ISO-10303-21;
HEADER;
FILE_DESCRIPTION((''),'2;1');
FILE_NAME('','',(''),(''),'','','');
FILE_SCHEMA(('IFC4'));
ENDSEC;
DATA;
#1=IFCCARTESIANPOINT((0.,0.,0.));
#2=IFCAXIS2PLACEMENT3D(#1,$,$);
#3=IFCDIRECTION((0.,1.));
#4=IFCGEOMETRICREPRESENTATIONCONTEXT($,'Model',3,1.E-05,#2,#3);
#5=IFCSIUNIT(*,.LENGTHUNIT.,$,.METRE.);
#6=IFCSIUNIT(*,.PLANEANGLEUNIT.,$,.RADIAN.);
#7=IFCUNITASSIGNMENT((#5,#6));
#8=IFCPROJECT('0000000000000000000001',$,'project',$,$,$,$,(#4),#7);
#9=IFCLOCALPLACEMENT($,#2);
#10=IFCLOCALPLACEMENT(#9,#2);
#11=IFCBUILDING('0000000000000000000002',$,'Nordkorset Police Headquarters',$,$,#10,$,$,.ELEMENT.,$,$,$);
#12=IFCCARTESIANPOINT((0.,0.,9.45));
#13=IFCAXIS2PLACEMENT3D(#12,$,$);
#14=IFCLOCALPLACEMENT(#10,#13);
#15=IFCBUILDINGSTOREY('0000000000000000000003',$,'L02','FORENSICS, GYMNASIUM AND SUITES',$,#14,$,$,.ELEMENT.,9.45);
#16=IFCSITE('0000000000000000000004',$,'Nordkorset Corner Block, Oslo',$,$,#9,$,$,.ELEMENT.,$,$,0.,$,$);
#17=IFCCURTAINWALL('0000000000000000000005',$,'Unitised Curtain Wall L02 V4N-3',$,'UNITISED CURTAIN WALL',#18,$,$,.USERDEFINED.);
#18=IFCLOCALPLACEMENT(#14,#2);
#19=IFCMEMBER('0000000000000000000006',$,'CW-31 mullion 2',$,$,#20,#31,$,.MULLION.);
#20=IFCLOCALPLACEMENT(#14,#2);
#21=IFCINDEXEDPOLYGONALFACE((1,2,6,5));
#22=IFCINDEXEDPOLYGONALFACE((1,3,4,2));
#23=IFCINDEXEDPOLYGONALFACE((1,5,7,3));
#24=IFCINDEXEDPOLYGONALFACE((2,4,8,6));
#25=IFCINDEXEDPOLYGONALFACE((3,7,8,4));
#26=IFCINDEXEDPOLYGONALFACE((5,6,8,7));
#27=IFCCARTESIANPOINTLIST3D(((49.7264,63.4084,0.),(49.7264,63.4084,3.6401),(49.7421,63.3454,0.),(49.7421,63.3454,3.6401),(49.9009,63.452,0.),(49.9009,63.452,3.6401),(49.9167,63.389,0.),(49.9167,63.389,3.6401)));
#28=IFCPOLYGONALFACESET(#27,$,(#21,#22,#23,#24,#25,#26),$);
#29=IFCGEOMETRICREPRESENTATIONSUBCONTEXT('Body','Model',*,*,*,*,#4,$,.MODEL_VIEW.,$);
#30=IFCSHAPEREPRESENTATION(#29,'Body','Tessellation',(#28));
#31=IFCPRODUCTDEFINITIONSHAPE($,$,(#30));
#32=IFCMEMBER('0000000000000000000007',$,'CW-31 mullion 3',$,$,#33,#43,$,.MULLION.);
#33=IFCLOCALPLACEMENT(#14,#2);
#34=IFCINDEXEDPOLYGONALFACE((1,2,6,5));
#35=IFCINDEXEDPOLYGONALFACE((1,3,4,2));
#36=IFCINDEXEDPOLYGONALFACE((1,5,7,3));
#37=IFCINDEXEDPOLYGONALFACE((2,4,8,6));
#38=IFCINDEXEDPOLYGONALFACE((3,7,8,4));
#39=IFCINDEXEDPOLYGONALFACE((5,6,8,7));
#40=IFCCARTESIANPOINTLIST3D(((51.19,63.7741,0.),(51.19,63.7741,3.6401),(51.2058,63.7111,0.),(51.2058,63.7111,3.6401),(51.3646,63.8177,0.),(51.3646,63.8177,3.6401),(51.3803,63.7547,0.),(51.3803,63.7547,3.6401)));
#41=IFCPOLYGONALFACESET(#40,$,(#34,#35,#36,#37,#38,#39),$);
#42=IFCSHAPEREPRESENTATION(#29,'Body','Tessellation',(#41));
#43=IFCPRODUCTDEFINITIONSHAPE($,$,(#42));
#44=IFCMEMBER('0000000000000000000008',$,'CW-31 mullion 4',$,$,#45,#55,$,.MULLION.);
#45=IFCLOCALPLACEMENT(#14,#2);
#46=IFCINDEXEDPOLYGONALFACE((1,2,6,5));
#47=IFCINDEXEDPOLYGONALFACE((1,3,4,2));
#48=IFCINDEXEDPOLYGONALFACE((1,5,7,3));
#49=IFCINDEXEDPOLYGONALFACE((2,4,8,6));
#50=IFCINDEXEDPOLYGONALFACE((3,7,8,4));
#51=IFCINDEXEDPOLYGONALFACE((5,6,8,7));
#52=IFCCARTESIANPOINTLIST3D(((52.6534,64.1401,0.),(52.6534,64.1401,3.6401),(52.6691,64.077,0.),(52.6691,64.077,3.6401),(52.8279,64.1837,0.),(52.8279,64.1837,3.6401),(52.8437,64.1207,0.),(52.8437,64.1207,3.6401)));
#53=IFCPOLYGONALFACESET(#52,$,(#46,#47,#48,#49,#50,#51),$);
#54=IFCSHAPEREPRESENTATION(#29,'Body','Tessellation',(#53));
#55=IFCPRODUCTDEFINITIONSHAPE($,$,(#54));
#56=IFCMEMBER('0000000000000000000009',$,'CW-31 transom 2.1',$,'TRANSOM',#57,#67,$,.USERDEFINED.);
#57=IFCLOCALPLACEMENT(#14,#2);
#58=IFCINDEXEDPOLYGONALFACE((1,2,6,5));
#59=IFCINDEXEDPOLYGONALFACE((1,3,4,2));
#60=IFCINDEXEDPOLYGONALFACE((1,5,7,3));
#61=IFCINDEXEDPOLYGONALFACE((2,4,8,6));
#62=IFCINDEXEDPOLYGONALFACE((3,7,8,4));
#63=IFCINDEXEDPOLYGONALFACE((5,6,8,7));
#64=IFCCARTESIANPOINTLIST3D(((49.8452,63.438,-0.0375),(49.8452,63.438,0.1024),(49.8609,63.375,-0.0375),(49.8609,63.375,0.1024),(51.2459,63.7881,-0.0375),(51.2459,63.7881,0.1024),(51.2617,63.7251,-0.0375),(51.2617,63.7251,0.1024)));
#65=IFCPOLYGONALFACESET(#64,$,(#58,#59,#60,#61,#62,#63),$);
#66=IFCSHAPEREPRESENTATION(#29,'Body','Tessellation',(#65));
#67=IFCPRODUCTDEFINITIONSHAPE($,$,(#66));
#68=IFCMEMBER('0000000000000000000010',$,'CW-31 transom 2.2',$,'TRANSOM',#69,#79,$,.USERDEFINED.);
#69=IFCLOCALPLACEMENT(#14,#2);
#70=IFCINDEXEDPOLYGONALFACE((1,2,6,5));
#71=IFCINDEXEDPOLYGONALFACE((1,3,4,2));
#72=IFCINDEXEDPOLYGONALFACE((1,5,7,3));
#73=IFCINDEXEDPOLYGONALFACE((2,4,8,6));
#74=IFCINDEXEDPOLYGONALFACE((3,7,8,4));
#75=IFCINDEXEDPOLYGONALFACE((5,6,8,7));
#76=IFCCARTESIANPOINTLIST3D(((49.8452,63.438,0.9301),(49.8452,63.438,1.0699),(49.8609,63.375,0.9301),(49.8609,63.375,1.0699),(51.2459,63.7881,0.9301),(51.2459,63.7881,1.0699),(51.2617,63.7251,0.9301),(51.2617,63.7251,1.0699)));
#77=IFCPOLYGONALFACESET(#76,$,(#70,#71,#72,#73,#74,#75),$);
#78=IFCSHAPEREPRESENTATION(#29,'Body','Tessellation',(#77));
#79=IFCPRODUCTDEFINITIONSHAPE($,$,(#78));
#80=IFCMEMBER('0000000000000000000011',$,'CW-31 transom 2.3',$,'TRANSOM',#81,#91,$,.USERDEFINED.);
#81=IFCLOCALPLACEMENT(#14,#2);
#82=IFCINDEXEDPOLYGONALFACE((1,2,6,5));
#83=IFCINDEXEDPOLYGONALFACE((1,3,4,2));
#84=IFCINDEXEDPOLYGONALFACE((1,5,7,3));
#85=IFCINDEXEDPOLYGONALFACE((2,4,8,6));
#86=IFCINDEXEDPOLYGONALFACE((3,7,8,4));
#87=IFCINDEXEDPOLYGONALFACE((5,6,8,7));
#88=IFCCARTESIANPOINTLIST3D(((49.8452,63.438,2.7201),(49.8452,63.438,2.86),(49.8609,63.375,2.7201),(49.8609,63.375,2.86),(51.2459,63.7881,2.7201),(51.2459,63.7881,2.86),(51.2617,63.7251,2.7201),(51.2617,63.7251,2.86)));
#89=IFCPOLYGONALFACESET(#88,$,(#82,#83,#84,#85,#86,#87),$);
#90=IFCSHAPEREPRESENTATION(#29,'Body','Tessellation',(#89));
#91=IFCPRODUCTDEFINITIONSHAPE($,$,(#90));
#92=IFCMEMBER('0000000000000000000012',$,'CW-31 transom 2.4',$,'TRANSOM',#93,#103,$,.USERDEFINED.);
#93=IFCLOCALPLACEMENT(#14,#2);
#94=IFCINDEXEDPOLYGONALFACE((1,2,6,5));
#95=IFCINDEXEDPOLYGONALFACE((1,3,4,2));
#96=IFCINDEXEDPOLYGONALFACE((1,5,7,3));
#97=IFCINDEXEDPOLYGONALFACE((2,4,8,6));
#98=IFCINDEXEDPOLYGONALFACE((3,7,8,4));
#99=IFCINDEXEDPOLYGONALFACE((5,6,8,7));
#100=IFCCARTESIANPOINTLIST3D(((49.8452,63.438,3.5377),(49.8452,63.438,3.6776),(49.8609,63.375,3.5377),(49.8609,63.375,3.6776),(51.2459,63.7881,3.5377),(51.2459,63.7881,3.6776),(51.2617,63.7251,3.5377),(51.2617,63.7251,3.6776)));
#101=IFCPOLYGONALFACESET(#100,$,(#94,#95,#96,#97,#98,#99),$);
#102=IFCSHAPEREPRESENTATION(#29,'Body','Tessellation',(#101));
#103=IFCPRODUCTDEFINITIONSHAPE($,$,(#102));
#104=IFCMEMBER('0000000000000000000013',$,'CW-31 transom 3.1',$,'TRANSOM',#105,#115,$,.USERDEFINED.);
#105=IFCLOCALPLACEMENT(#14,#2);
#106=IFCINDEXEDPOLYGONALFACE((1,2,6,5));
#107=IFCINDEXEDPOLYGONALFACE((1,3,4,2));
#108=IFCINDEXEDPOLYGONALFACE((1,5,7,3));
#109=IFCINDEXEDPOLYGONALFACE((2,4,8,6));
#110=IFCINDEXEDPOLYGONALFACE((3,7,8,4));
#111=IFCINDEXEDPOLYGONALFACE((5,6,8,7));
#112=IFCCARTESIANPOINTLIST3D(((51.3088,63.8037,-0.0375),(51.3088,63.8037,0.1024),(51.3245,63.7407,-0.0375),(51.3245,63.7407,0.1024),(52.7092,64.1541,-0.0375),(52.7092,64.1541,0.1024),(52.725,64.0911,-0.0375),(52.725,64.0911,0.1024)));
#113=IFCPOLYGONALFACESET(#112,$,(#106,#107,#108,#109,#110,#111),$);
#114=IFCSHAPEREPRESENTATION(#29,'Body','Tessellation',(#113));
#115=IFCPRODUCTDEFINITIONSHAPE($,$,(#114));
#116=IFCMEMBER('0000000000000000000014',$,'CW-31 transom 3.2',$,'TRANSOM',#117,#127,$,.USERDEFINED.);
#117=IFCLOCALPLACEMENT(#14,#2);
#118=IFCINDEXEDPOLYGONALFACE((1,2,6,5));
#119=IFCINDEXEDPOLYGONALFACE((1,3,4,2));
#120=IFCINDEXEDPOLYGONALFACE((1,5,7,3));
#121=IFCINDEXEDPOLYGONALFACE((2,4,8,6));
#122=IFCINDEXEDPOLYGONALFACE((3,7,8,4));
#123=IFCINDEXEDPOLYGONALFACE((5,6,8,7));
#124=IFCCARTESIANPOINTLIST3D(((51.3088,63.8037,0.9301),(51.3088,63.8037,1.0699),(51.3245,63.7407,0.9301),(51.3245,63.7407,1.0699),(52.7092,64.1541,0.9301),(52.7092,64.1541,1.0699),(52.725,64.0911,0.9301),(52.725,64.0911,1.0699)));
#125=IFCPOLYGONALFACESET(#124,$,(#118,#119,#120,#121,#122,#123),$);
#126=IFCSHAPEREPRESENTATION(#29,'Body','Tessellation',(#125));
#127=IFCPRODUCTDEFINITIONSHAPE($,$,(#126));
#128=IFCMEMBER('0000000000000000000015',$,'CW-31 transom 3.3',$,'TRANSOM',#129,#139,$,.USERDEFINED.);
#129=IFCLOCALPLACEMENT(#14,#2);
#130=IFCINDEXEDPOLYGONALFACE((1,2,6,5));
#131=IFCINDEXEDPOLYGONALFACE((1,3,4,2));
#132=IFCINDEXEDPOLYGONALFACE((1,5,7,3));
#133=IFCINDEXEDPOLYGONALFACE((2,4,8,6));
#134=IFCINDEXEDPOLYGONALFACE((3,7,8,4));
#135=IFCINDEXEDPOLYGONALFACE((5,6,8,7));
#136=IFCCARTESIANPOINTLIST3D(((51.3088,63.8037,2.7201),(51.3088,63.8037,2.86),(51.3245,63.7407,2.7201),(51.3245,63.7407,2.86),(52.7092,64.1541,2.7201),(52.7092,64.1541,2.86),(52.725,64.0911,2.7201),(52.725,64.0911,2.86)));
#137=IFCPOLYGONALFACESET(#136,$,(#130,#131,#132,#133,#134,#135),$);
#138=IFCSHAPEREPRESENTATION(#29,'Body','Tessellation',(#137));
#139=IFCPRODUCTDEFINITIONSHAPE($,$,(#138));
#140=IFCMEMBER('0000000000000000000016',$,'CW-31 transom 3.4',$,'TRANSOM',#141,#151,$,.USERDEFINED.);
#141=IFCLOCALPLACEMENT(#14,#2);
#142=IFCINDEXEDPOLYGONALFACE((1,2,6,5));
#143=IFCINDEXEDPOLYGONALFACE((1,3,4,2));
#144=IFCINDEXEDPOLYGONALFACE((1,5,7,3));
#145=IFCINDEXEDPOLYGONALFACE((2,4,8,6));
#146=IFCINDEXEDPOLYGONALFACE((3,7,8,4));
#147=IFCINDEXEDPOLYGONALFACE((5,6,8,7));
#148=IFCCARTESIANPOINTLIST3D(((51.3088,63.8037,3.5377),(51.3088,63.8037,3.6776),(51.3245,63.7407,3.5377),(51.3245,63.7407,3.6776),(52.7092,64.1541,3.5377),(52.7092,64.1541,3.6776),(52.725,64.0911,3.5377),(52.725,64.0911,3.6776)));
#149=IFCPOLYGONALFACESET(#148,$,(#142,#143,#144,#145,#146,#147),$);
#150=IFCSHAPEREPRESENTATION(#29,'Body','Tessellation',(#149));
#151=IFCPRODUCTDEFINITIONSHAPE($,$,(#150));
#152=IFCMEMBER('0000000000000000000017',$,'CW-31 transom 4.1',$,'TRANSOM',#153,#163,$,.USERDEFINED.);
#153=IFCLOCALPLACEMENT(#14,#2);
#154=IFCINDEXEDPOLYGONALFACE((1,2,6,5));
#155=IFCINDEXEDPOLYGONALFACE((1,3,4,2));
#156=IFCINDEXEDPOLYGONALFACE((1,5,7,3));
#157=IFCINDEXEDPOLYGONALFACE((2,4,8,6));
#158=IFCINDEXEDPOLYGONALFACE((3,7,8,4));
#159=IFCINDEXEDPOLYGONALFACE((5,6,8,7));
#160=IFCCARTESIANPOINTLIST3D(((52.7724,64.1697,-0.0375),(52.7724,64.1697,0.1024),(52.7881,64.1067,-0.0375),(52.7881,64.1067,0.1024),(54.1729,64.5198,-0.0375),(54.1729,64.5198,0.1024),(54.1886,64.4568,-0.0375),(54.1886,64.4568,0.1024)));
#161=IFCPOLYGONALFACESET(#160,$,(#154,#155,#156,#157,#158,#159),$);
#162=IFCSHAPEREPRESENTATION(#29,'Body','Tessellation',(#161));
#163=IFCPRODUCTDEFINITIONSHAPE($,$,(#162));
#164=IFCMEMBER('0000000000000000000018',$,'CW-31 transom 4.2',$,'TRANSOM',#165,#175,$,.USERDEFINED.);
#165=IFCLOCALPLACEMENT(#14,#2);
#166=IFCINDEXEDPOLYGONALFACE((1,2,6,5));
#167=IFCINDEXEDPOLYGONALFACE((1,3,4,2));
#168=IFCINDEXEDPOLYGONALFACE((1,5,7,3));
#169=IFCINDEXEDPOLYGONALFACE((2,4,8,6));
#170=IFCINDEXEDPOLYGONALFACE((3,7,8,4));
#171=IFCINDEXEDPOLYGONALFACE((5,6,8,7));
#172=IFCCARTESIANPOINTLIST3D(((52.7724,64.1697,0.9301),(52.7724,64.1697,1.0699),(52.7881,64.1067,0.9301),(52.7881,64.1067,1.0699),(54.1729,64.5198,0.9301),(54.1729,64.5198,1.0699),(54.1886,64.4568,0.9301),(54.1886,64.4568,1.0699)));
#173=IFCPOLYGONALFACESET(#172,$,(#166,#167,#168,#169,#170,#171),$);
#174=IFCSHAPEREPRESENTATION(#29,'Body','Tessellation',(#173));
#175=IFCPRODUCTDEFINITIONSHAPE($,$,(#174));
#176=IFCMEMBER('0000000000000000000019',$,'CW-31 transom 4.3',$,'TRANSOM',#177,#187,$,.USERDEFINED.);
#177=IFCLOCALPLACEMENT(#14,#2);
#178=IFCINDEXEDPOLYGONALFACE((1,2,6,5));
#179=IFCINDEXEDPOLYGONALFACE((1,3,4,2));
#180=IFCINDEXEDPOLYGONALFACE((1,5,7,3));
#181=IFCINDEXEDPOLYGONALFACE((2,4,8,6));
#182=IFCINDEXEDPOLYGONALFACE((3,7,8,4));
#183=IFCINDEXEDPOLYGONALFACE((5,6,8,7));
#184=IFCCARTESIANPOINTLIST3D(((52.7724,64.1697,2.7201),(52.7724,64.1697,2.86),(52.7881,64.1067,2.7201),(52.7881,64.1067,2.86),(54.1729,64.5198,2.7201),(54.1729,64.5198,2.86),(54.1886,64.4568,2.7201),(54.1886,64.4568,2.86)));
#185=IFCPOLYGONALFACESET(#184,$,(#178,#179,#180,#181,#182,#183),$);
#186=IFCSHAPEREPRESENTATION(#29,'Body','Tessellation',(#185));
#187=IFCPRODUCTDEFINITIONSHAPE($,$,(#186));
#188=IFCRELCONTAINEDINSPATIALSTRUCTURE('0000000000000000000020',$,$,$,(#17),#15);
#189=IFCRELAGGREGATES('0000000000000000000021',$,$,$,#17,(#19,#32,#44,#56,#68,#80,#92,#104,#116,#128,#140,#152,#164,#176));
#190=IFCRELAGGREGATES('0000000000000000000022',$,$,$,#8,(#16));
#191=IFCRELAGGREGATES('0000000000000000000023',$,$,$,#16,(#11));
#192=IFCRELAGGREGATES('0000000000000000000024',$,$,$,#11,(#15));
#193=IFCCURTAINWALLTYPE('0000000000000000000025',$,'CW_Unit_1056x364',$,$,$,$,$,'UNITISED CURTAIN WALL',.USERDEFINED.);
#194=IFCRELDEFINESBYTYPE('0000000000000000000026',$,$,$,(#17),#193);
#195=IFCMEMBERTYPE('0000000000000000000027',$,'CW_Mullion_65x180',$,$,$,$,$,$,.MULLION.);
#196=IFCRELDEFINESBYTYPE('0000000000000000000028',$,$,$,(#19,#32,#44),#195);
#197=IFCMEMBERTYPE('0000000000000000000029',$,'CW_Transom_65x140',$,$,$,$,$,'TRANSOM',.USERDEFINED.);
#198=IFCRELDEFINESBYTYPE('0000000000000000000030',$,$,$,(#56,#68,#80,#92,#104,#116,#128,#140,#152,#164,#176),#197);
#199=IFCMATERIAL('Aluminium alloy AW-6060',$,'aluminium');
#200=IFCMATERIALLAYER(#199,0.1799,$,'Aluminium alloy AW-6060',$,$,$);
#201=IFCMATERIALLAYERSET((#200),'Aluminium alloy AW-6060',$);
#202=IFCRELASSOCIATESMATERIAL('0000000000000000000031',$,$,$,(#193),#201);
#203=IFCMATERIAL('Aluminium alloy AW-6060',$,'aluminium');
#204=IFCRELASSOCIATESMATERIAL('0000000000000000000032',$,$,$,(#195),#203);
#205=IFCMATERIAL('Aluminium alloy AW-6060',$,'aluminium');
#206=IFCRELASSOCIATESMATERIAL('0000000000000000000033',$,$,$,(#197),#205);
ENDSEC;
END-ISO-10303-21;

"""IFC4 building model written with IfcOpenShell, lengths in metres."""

from ifc_helpers import new_model, si_unit, direction, frame, origin, origin_2d, place, context, subcontext, project, spatial, rectangle, extrude, material, layer, layer_set, material_profile, profile_set, type_object, element, aggregate, save


model = new_model("IFC4")

# Units and contexts
model_context = context("Model", 3, precision=1e-05, world=origin(), true_north=direction((0.0, 1.0)))
body_context = subcontext(model_context, "Body", "Model", "MODEL_VIEW")
ifc_project = project(units=[si_unit("LENGTHUNIT", "METRE"), si_unit("PLANEANGLEUNIT", "RADIAN")], contexts=[model_context])

# Site, building, storey
site_placement = place(None, origin())
site = spatial("IfcSite", under=ifc_project, at=site_placement, Name="Nordkorset Corner Block, Oslo", CompositionType="ELEMENT", RefElevation=0.0)
building_placement = place(site_placement, origin())
building = spatial("IfcBuilding", under=site, at=building_placement, Name="Nordkorset Police Headquarters", CompositionType="ELEMENT")
storey_placement = place(building_placement, frame((0.0, 0.0, 9.45)))
storey = spatial("IfcBuildingStorey", under=building, at=storey_placement, Name="L02", Description="FORENSICS, GYMNASIUM AND SUITES", CompositionType="ELEMENT", Elevation=9.45)

# Curtain wall, members
ifc_material_1 = material(Name="Aluminium alloy AW-6060", Category="aluminium")
ifc_layer_1 = layer(ifc_material_1, 0.1799, Name="Aluminium alloy AW-6060")
ifc_layer_set_1 = layer_set([ifc_layer_1], Name="Aluminium alloy AW-6060")
curtain_wall_type = type_object("IfcCurtainWallType", Name="CW_Unit_1056x364", ElementType="UNITISED CURTAIN WALL", PredefinedType="USERDEFINED", material=ifc_layer_set_1)
curtain_wall_placement = place(storey_placement, origin())
curtain_wall = element("IfcCurtainWall", 1, at=curtain_wall_placement, inside=storey, type_object=curtain_wall_type, Name="Unitised Curtain Wall L02 V4N-3", ObjectType="UNITISED CURTAIN WALL", PredefinedType="USERDEFINED")
ifc_material_2 = material(Name="Aluminium alloy AW-6060", Category="aluminium")
ifc_material_profile_1 = material_profile(ifc_material_2, rectangle(XDim=0.0649, YDim=0.1799, at=origin_2d()), Name="ALU MULL 65x180")
ifc_profile_set_1 = profile_set([ifc_material_profile_1], Name="Aluminium alloy AW-6060")
member_type_1 = type_object("IfcMemberType", Name="CW_Mullion_65x180", PredefinedType="MULLION", material=ifc_profile_set_1)
member_1_placement = place(storey_placement, frame((49.8215, 63.3987, 0.0), z_axis=(0.0, 0.0, 1.0), x_axis=(-0.242536, 0.970142, 0.0)))
member_1 = element("IfcMember", 2, at=member_1_placement, type_object=member_type_1, Name="CW-31 mullion 2", PredefinedType="MULLION", context=body_context, shape_type="SweptSolid", body=[
    extrude(rectangle(XDim=0.0649, YDim=0.1799, at=origin_2d()), origin(), (0.0, 0.0, 1.0), 3.6401),
])
member_2_placement = place(storey_placement, frame((51.2852, 63.7644, 0.0), z_axis=(0.0, 0.0, 1.0), x_axis=(-0.242536, 0.970142, 0.0)))
member_2 = element("IfcMember", 3, at=member_2_placement, type_object=member_type_1, Name="CW-31 mullion 3", PredefinedType="MULLION", context=body_context, shape_type="SweptSolid", body=[
    extrude(rectangle(XDim=0.0649, YDim=0.1799, at=origin_2d()), origin(), (0.0, 0.0, 1.0), 3.6401),
])
member_3_placement = place(storey_placement, frame((52.7485, 64.1304, 0.0), z_axis=(0.0, 0.0, 1.0), x_axis=(-0.242536, 0.970142, 0.0)))
member_3 = element("IfcMember", 4, at=member_3_placement, type_object=member_type_1, Name="CW-31 mullion 4", PredefinedType="MULLION", context=body_context, shape_type="SweptSolid", body=[
    extrude(rectangle(XDim=0.0649, YDim=0.1799, at=origin_2d()), origin(), (0.0, 0.0, 1.0), 3.6401),
])
ifc_material_3 = material(Name="Aluminium alloy AW-6060", Category="aluminium")
ifc_material_profile_2 = material_profile(ifc_material_3, rectangle(XDim=0.0649, YDim=0.1399, at=origin_2d()), Name="ALU TRAN 65x140")
ifc_profile_set_2 = profile_set([ifc_material_profile_2], Name="Aluminium alloy AW-6060")
member_type_2 = type_object("IfcMemberType", Name="CW_Transom_65x140", ElementType="TRANSOM", PredefinedType="USERDEFINED", material=ifc_profile_set_2)
member_4_placement = place(storey_placement, frame((49.853, 63.4065, 0.0325), z_axis=(0.970152, 0.242496, 0.0), x_axis=(-0.242496, 0.970152, 0.0)))
member_4 = element("IfcMember", 5, at=member_4_placement, type_object=member_type_2, Name="CW-31 transom 2.1", ObjectType="TRANSOM", PredefinedType="USERDEFINED", context=body_context, shape_type="SweptSolid", body=[
    extrude(rectangle(XDim=0.0649, YDim=0.1399, at=origin_2d()), origin(), (0.0, 0.0, 1.0), 1.4438),
])
member_5_placement = place(storey_placement, frame((49.853, 63.4065, 1.0), z_axis=(0.970152, 0.242496, 0.0), x_axis=(-0.242496, 0.970152, 0.0)))
member_5 = element("IfcMember", 6, at=member_5_placement, type_object=member_type_2, Name="CW-31 transom 2.2", ObjectType="TRANSOM", PredefinedType="USERDEFINED", context=body_context, shape_type="SweptSolid", body=[
    extrude(rectangle(XDim=0.0649, YDim=0.1399, at=origin_2d()), origin(), (0.0, 0.0, 1.0), 1.4438),
])
member_6_placement = place(storey_placement, frame((49.853, 63.4065, 2.79), z_axis=(0.970152, 0.242496, 0.0), x_axis=(-0.242496, 0.970152, 0.0)))
member_6 = element("IfcMember", 7, at=member_6_placement, type_object=member_type_2, Name="CW-31 transom 2.3", ObjectType="TRANSOM", PredefinedType="USERDEFINED", context=body_context, shape_type="SweptSolid", body=[
    extrude(rectangle(XDim=0.0649, YDim=0.1399, at=origin_2d()), origin(), (0.0, 0.0, 1.0), 1.4438),
])
member_7_placement = place(storey_placement, frame((49.853, 63.4065, 3.6077), z_axis=(0.970152, 0.242496, 0.0), x_axis=(-0.242496, 0.970152, 0.0)))
member_7 = element("IfcMember", 8, at=member_7_placement, type_object=member_type_2, Name="CW-31 transom 2.4", ObjectType="TRANSOM", PredefinedType="USERDEFINED", context=body_context, shape_type="SweptSolid", body=[
    extrude(rectangle(XDim=0.0649, YDim=0.1399, at=origin_2d()), origin(), (0.0, 0.0, 1.0), 1.4438),
])
member_8_placement = place(storey_placement, frame((51.3167, 63.7722, 0.0325), z_axis=(0.970103, 0.242695, 0.0), x_axis=(-0.242695, 0.970103, 0.0)))
member_8 = element("IfcMember", 9, at=member_8_placement, type_object=member_type_2, Name="CW-31 transom 3.1", ObjectType="TRANSOM", PredefinedType="USERDEFINED", context=body_context, shape_type="SweptSolid", body=[
    extrude(rectangle(XDim=0.0649, YDim=0.1399, at=origin_2d()), origin(), (0.0, 0.0, 1.0), 1.4436),
])
member_9_placement = place(storey_placement, frame((51.3167, 63.7722, 1.0), z_axis=(0.970103, 0.242695, 0.0), x_axis=(-0.242695, 0.970103, 0.0)))
member_9 = element("IfcMember", 10, at=member_9_placement, type_object=member_type_2, Name="CW-31 transom 3.2", ObjectType="TRANSOM", PredefinedType="USERDEFINED", context=body_context, shape_type="SweptSolid", body=[
    extrude(rectangle(XDim=0.0649, YDim=0.1399, at=origin_2d()), origin(), (0.0, 0.0, 1.0), 1.4436),
])
member_10_placement = place(storey_placement, frame((51.3167, 63.7722, 2.79), z_axis=(0.970103, 0.242695, 0.0), x_axis=(-0.242695, 0.970103, 0.0)))
member_10 = element("IfcMember", 11, at=member_10_placement, type_object=member_type_2, Name="CW-31 transom 3.3", ObjectType="TRANSOM", PredefinedType="USERDEFINED", context=body_context, shape_type="SweptSolid", body=[
    extrude(rectangle(XDim=0.0649, YDim=0.1399, at=origin_2d()), origin(), (0.0, 0.0, 1.0), 1.4436),
])
member_11_placement = place(storey_placement, frame((51.3167, 63.7722, 3.6077), z_axis=(0.970103, 0.242695, 0.0), x_axis=(-0.242695, 0.970103, 0.0)))
member_11 = element("IfcMember", 12, at=member_11_placement, type_object=member_type_2, Name="CW-31 transom 3.4", ObjectType="TRANSOM", PredefinedType="USERDEFINED", context=body_context, shape_type="SweptSolid", body=[
    extrude(rectangle(XDim=0.0649, YDim=0.1399, at=origin_2d()), origin(), (0.0, 0.0, 1.0), 1.4436),
])
member_12_placement = place(storey_placement, frame((52.7803, 64.1382, 0.0325), z_axis=(0.970143, 0.242536, 0.0), x_axis=(-0.242536, 0.970143, 0.0)))
member_12 = element("IfcMember", 13, at=member_12_placement, type_object=member_type_2, Name="CW-31 transom 4.1", ObjectType="TRANSOM", PredefinedType="USERDEFINED", context=body_context, shape_type="SweptSolid", body=[
    extrude(rectangle(XDim=0.0649, YDim=0.1399, at=origin_2d()), origin(), (0.0, 0.0, 1.0), 1.4436),
])
member_13_placement = place(storey_placement, frame((52.7803, 64.1382, 1.0), z_axis=(0.970143, 0.242536, 0.0), x_axis=(-0.242536, 0.970143, 0.0)))
member_13 = element("IfcMember", 14, at=member_13_placement, type_object=member_type_2, Name="CW-31 transom 4.2", ObjectType="TRANSOM", PredefinedType="USERDEFINED", context=body_context, shape_type="SweptSolid", body=[
    extrude(rectangle(XDim=0.0649, YDim=0.1399, at=origin_2d()), origin(), (0.0, 0.0, 1.0), 1.4436),
])
member_14_placement = place(storey_placement, frame((52.7803, 64.1382, 2.79), z_axis=(0.970143, 0.242536, 0.0), x_axis=(-0.242536, 0.970143, 0.0)))
member_14 = element("IfcMember", 15, at=member_14_placement, type_object=member_type_2, Name="CW-31 transom 4.3", ObjectType="TRANSOM", PredefinedType="USERDEFINED", context=body_context, shape_type="SweptSolid", body=[
    extrude(rectangle(XDim=0.0649, YDim=0.1399, at=origin_2d()), origin(), (0.0, 0.0, 1.0), 1.4436),
])
aggregate(curtain_wall, [member_1, member_2, member_3, member_4, member_5, member_6, member_7, member_8, member_9, member_10, member_11, member_12, member_13, member_14])

save(model, "model.ifc")
